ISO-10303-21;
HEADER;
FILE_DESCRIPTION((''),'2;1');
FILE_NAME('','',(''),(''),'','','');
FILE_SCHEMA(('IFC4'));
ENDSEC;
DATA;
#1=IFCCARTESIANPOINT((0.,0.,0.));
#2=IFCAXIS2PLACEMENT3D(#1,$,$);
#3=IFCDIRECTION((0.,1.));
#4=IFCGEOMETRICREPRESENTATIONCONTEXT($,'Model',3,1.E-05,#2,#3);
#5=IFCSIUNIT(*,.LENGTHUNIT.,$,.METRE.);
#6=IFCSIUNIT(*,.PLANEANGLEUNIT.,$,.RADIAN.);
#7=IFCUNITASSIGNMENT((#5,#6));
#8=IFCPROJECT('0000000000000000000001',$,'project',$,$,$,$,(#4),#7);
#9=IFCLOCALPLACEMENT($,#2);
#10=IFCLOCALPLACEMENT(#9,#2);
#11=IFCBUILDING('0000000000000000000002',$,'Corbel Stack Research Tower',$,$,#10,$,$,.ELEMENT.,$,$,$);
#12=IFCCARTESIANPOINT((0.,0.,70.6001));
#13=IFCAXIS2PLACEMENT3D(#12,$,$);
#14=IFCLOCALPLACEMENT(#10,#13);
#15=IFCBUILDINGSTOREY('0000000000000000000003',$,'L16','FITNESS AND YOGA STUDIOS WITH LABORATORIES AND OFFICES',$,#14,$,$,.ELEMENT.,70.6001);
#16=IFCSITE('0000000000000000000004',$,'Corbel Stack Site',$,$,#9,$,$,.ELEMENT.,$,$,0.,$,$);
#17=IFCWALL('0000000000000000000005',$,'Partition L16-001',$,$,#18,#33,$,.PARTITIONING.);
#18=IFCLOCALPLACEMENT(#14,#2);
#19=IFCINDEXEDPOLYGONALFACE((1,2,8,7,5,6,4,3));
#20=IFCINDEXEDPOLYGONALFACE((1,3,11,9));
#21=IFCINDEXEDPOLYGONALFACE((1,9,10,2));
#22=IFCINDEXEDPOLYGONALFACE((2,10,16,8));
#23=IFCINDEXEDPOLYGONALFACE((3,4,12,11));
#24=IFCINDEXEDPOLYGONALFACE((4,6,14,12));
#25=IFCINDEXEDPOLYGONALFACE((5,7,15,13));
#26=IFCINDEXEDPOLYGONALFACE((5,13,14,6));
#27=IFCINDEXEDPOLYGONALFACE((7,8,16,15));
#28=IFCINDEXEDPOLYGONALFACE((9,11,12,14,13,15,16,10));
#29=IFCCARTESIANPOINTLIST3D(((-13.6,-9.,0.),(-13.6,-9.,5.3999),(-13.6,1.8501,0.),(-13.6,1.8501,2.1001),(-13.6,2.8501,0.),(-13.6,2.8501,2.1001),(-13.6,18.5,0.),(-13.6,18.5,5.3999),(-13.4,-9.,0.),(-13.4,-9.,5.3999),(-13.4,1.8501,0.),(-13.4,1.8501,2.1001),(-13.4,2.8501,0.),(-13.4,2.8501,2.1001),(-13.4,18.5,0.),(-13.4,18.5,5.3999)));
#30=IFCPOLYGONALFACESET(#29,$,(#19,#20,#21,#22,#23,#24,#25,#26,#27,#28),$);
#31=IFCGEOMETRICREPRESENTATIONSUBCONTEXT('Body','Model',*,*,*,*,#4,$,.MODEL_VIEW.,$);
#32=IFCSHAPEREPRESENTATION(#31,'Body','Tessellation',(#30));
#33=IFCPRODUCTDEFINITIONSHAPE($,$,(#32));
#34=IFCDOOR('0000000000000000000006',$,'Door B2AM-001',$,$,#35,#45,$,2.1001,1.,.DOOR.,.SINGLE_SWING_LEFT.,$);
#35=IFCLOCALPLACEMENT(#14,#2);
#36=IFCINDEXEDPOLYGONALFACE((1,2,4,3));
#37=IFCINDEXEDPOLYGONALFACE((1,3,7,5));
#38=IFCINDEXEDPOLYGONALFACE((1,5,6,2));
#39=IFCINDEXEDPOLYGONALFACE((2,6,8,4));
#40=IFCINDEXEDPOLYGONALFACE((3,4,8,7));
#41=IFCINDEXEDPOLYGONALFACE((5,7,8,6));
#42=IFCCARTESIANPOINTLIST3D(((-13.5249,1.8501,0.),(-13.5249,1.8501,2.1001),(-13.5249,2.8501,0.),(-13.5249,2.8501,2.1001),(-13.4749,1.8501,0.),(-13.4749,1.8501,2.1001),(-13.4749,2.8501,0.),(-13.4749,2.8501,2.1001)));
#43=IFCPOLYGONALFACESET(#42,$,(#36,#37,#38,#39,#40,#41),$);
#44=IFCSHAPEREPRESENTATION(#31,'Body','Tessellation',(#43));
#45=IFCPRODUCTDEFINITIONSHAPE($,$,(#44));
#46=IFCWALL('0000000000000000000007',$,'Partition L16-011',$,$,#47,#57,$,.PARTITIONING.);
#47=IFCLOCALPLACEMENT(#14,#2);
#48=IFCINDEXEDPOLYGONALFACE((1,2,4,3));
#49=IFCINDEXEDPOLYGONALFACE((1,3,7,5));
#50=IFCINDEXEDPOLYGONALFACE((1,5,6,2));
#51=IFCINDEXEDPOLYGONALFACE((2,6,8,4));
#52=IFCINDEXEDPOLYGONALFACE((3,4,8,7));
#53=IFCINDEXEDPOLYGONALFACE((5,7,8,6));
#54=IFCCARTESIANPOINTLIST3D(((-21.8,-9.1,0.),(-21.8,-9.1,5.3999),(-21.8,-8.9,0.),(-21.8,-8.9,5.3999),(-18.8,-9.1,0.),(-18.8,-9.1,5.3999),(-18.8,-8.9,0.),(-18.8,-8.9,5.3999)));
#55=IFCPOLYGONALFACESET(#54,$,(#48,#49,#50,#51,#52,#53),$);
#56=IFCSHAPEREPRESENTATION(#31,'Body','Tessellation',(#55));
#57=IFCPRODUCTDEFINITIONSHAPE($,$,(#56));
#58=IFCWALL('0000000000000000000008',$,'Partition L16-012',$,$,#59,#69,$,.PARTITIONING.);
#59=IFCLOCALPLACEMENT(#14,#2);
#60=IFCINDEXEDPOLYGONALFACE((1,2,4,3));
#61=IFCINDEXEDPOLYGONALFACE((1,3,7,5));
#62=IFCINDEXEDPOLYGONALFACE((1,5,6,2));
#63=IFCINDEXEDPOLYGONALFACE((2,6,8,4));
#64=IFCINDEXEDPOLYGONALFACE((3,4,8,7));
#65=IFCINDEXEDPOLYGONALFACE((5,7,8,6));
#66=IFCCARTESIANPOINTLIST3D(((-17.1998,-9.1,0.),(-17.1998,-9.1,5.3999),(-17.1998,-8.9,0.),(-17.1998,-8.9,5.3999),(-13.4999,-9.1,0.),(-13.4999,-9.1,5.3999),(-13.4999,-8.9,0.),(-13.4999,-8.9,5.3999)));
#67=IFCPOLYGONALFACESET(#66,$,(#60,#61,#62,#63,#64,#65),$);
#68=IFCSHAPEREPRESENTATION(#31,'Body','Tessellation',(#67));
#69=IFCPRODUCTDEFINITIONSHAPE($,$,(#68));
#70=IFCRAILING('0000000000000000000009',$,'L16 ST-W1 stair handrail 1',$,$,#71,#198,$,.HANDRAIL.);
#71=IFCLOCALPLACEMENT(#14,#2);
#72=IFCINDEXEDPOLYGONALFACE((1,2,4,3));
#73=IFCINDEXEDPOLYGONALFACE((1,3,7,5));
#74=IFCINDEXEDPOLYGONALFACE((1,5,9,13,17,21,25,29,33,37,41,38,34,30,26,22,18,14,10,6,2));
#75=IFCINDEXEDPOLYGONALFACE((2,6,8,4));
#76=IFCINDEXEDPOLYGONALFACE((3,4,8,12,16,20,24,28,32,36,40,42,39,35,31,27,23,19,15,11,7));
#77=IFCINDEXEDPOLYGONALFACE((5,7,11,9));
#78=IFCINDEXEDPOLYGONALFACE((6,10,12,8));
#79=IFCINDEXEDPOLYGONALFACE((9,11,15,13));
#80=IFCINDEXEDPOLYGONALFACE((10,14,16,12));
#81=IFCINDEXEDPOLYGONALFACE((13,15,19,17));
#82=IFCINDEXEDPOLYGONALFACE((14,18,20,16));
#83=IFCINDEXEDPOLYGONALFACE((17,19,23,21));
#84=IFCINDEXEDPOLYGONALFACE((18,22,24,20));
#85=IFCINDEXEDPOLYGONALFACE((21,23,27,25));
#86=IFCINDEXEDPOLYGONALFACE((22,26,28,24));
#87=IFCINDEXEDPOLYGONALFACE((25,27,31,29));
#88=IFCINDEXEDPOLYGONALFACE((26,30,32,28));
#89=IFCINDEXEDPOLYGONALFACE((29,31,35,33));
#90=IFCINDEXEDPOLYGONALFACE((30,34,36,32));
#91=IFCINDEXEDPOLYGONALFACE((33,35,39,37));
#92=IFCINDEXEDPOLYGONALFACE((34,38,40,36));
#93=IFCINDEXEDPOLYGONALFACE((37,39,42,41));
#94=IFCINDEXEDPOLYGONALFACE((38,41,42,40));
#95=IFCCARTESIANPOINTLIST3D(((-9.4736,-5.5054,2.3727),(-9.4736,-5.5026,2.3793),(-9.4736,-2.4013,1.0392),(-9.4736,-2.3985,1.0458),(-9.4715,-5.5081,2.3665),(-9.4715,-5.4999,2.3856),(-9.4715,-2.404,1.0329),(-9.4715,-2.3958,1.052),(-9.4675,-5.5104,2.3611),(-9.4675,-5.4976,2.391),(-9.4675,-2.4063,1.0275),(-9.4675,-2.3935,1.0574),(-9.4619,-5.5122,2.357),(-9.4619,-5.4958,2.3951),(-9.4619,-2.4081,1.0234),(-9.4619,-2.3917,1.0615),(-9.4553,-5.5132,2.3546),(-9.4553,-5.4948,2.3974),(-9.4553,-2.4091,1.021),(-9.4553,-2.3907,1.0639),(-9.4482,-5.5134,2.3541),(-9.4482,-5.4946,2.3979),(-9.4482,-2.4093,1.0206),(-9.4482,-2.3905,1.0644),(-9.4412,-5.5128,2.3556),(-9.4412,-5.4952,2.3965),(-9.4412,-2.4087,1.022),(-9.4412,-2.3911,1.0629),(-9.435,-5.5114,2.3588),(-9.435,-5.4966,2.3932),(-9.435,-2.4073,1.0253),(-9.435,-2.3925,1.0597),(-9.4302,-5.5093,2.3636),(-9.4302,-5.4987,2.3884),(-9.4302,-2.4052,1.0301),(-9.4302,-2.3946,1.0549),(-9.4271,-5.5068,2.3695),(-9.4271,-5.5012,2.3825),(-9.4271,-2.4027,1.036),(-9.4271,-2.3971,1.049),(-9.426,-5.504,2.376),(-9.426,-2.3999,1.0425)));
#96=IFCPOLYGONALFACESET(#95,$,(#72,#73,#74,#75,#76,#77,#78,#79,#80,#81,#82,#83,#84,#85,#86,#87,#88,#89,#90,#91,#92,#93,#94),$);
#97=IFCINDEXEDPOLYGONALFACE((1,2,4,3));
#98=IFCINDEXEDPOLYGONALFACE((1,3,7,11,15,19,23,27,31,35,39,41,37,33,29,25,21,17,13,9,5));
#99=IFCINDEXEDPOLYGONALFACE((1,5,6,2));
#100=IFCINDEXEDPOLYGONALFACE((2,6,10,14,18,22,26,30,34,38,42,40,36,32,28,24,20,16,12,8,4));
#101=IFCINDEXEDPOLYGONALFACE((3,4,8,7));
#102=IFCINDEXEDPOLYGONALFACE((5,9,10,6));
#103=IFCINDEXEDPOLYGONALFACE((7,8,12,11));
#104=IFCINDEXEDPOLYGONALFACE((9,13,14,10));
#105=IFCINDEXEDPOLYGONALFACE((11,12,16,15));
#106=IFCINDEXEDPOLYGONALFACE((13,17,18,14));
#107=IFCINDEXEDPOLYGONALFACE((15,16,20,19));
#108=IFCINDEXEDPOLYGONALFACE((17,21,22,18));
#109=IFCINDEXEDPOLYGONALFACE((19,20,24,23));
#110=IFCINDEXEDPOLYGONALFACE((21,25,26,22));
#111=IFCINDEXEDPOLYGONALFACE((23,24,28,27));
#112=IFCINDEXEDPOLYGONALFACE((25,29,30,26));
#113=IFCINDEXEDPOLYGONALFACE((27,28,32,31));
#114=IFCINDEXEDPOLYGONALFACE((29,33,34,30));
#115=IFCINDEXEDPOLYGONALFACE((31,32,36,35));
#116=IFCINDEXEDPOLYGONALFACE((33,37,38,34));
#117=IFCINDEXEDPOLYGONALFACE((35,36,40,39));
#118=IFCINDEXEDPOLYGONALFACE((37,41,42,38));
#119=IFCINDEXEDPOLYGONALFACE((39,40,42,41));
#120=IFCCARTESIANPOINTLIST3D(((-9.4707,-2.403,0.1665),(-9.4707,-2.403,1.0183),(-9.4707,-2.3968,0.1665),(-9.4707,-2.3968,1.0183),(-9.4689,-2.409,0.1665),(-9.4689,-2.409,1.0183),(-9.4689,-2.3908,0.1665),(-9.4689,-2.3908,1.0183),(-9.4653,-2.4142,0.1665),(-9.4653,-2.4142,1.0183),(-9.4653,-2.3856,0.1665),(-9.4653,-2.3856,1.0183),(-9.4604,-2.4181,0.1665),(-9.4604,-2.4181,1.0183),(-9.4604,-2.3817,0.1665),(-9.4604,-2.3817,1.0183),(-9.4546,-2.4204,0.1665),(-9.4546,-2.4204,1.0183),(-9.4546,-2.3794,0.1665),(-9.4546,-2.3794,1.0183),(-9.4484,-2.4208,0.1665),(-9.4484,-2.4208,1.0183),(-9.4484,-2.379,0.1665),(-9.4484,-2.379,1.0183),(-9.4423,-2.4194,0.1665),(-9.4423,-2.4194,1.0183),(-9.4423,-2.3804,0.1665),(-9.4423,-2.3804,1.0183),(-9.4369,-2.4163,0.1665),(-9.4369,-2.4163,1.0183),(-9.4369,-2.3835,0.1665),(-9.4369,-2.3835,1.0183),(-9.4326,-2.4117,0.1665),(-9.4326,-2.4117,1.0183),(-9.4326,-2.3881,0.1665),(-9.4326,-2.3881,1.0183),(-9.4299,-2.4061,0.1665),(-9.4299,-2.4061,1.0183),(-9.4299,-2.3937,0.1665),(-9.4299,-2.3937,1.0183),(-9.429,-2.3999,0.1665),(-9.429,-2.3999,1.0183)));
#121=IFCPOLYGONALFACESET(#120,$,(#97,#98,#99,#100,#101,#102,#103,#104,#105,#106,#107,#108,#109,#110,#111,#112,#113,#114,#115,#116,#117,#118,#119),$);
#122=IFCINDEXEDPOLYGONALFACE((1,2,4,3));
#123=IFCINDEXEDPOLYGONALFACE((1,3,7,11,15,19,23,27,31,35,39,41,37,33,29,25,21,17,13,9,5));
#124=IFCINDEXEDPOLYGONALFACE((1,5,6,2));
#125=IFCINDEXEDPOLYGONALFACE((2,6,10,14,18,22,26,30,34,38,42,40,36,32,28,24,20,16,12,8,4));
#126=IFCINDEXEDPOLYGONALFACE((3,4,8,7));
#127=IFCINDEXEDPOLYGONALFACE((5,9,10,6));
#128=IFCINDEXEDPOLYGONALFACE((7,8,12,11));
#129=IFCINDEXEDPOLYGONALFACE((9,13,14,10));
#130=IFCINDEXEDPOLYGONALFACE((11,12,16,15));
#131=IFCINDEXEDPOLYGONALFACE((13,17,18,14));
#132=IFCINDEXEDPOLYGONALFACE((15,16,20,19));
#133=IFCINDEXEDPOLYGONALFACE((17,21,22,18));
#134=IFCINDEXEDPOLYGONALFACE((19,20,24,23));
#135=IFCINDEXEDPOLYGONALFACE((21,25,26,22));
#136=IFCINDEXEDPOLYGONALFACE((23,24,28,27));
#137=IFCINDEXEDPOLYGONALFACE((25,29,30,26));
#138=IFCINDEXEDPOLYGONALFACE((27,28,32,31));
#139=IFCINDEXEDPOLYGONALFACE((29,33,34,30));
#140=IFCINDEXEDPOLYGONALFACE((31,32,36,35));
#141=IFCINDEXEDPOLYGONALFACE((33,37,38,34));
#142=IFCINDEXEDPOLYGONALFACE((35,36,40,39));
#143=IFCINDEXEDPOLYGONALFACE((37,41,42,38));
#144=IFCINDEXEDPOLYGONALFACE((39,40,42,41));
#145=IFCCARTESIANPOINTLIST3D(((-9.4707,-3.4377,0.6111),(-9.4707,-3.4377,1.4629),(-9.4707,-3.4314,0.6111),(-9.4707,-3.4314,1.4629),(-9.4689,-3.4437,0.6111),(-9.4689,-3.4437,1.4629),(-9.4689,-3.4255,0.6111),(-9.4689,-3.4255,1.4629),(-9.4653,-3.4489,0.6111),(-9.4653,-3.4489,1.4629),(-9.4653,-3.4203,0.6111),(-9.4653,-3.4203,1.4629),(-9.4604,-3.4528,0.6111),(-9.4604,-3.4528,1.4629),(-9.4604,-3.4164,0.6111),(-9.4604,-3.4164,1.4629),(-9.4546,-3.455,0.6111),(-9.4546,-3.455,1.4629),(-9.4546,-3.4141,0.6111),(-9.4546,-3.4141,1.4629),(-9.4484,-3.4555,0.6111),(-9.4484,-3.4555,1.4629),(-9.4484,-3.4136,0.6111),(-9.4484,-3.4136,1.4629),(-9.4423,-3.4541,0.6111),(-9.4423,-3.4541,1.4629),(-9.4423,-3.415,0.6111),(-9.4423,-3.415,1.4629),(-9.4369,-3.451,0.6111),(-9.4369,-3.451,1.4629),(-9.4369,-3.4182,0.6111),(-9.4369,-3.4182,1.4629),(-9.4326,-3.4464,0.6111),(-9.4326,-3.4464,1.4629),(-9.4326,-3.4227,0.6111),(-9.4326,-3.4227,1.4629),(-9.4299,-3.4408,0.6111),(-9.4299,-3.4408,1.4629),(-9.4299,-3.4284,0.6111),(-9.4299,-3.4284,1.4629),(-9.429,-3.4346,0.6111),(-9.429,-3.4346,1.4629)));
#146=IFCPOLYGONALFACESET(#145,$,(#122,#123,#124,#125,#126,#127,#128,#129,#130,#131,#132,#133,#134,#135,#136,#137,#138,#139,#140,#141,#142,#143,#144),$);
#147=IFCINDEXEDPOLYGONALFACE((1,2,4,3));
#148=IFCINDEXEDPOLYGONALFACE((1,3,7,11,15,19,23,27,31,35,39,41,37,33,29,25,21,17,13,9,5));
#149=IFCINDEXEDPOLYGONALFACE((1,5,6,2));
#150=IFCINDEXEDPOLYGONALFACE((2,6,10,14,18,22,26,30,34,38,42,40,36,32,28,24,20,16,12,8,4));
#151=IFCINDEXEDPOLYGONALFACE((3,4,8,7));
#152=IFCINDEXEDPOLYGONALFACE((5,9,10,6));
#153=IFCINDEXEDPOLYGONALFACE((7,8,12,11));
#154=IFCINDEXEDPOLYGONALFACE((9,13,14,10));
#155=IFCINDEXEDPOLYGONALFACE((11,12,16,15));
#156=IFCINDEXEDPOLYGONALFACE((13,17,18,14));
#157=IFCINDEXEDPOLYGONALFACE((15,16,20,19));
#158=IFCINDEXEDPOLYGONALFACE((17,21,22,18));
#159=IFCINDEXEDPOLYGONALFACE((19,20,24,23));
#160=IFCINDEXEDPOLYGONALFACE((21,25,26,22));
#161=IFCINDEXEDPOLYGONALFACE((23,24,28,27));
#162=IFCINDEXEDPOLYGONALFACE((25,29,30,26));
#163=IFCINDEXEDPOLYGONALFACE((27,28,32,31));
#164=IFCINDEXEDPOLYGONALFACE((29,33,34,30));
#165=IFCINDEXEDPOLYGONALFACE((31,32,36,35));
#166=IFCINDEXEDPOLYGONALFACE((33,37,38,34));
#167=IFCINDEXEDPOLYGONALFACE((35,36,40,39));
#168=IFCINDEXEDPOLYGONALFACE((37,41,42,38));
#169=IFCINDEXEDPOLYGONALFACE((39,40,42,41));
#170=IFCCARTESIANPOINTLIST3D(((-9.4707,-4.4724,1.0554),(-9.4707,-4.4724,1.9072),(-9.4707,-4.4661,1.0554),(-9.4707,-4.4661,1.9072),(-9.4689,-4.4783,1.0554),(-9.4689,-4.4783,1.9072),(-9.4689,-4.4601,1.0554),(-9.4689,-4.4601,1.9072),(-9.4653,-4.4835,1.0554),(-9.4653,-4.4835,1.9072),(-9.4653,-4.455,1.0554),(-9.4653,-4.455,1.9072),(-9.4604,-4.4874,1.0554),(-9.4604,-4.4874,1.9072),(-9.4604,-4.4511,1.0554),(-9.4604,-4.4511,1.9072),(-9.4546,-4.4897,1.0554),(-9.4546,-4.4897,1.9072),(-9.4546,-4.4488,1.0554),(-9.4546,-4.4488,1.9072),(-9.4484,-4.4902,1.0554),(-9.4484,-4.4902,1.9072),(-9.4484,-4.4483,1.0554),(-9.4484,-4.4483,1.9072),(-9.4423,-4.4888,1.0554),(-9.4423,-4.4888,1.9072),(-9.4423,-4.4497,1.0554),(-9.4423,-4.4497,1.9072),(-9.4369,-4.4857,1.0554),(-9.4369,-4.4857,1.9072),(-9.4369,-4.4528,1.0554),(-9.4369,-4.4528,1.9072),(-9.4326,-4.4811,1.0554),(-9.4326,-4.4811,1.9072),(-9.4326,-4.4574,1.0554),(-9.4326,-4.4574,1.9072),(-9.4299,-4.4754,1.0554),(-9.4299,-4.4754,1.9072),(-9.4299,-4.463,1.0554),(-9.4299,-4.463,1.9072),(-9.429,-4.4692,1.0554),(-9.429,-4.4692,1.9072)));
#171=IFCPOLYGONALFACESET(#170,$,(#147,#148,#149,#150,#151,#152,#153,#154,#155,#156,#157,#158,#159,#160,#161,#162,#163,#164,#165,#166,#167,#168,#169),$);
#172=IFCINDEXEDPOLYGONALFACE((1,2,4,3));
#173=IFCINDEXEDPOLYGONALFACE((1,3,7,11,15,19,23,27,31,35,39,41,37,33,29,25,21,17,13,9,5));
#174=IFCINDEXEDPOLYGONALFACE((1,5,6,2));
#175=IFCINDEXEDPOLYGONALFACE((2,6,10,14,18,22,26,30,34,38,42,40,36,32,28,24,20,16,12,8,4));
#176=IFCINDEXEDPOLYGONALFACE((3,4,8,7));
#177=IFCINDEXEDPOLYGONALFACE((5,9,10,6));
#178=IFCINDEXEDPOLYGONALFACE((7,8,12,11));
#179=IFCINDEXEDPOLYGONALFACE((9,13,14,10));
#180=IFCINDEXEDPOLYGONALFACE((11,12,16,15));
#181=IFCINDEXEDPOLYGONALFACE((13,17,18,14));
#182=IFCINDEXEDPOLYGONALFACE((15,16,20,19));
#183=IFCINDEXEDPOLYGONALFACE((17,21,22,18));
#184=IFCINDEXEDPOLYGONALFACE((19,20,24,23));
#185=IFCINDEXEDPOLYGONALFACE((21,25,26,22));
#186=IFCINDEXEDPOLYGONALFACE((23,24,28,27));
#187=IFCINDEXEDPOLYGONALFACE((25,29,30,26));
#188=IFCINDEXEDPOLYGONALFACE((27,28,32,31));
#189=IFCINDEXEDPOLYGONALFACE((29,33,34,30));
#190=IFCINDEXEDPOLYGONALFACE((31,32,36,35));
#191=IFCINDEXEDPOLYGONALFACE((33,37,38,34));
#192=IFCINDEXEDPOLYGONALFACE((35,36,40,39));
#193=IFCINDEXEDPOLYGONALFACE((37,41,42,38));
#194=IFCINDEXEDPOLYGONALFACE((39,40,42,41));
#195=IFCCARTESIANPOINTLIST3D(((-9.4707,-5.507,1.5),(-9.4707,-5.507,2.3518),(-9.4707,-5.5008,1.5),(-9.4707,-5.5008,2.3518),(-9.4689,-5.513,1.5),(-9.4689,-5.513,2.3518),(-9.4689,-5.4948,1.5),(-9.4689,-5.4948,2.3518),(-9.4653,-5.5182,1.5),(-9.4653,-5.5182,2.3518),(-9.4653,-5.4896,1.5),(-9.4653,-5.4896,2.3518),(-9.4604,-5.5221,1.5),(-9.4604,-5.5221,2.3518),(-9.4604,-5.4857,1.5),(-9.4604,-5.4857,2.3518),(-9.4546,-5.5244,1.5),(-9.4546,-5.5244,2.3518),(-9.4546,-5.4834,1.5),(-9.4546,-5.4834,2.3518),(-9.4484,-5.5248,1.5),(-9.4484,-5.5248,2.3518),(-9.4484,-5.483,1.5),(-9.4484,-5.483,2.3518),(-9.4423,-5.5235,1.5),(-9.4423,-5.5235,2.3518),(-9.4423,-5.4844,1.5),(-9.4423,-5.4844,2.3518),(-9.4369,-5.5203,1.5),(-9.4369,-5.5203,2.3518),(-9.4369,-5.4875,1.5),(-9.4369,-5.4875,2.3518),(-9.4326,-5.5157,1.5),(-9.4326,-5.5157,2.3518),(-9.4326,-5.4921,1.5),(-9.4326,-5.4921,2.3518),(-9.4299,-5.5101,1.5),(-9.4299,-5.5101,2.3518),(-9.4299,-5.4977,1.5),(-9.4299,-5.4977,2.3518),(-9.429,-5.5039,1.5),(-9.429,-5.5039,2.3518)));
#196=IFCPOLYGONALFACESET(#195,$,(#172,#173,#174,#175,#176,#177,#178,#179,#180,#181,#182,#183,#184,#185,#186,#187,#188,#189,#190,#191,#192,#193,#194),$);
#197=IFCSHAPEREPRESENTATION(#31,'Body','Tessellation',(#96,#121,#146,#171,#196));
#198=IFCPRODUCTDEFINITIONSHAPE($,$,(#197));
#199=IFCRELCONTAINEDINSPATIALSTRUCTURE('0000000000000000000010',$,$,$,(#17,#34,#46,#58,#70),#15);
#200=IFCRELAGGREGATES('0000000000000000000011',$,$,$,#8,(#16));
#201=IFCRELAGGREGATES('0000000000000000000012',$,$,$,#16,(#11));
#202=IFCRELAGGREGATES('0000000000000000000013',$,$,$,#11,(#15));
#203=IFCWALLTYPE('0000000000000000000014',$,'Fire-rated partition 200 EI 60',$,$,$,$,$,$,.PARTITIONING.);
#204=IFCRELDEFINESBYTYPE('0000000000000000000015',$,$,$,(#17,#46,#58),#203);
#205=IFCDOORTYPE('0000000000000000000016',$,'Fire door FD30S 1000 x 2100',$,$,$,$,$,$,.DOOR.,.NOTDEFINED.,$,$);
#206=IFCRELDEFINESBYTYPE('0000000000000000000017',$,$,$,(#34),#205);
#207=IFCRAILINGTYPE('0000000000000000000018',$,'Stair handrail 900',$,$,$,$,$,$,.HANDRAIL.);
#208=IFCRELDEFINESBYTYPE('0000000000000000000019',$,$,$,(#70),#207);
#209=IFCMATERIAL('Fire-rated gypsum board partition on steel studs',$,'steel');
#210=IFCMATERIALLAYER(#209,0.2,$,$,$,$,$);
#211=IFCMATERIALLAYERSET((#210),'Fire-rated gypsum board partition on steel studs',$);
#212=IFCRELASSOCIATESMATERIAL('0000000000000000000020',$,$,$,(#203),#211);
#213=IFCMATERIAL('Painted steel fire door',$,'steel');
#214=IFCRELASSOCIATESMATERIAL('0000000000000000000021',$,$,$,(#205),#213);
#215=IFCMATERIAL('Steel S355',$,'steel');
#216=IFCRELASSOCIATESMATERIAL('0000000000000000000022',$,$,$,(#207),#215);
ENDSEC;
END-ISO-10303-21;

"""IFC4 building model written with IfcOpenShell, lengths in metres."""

from ifc_helpers import new_model, si_unit, direction, frame, frame_2d, origin, origin_2d, place, context, subcontext, project, spatial, rectangle, circle, extrude, material, layer, layer_set, type_object, element, fill, save


model = new_model("IFC4")

# Units and contexts
model_context = context("Model", 3, precision=1e-05, world=origin(), true_north=direction((0.0, 1.0)))
body_context = subcontext(model_context, "Body", "Model", "MODEL_VIEW")
ifc_project = project(units=[si_unit("LENGTHUNIT", "METRE"), si_unit("PLANEANGLEUNIT", "RADIAN")], contexts=[model_context])

# Site, building, storey
site_placement = place(None, origin())
site = spatial("IfcSite", under=ifc_project, at=site_placement, Name="Corbel Stack Site", CompositionType="ELEMENT", RefElevation=0.0)
building_placement = place(site_placement, origin())
building = spatial("IfcBuilding", under=site, at=building_placement, Name="Corbel Stack Research Tower", CompositionType="ELEMENT")
storey_placement = place(building_placement, frame((0.0, 0.0, 70.6001)))
storey = spatial("IfcBuildingStorey", under=building, at=storey_placement, Name="L16", Description="FITNESS AND YOGA STUDIOS WITH LABORATORIES AND OFFICES", CompositionType="ELEMENT", Elevation=70.6001)

# Wall, opening, door
ifc_material_1 = material(Name="Fire-rated gypsum board partition on steel studs", Category="steel")
ifc_layer_1 = layer(ifc_material_1, 0.2)
ifc_layer_set_1 = layer_set([ifc_layer_1], Name="Fire-rated gypsum board partition on steel studs")
wall_type_1 = type_object("IfcWallType", Name="Fire-rated partition 200 EI 60", PredefinedType="PARTITIONING", material=ifc_layer_set_1)
wall_1_placement = place(storey_placement, frame((-13.5, -9.0, 0.0), z_axis=(0.0, 0.0, 1.0), x_axis=(0.0, 1.0, 0.0)))
wall_1 = element("IfcWall", 1, at=wall_1_placement, inside=storey, type_object=wall_type_1, Name="Partition L16-001", PredefinedType="PARTITIONING", context=body_context, shape_type="SweptSolid", body=[
    extrude(rectangle(XDim=27.5, YDim=0.2, at=frame_2d((13.75, 0.0))), origin(), (0.0, 0.0, 1.0), 5.3999),
])
opening_1_placement = place(wall_1_placement, frame((10.8501, 0.0, 0.0)))
opening_1 = element("IfcOpeningElement", 2, at=opening_1_placement, cuts=wall_1, PredefinedType="OPENING", context=body_context, shape_type="SweptSolid", body=[
    extrude(rectangle(XDim=1.0, YDim=2.1001, at=frame_2d((0.5, 1.05))), frame((0.0, 0.1099, 0.0), z_axis=(0.0, -1.0, 0.0), x_axis=(1.0, 0.0, 0.0)), (0.0, 0.0, 1.0), 0.22),
])
ifc_material_2 = material(Name="Painted steel fire door", Category="steel")
door_type_1 = type_object("IfcDoorType", Name="Fire door FD30S 1000 x 2100", OperationType="NOTDEFINED", PredefinedType="DOOR", material=ifc_material_2)
door_1_placement = place(opening_1_placement, origin())
door_1 = element("IfcDoor", 3, at=door_1_placement, inside=storey, type_object=door_type_1, Name="Door B2AM-001", OperationType="SINGLE_SWING_LEFT", OverallHeight=2.1001, OverallWidth=1.0, PredefinedType="DOOR", context=body_context, shape_type="SweptSolid", body=[
    extrude(rectangle(XDim=1.0, YDim=2.1001, at=frame_2d((0.5, 1.05))), frame((0.0, 0.0249, 0.0), z_axis=(0.0, -1.0, 0.0), x_axis=(1.0, 0.0, 0.0)), (0.0, 0.0, 1.0), 0.05),
])
fill(opening_1, door_1)

# Walls
wall_2_placement = place(storey_placement, frame((-21.8, -9.0, 0.0), z_axis=(0.0, 0.0, 1.0), x_axis=(1.0, 0.0, 0.0)))
element("IfcWall", 4, at=wall_2_placement, inside=storey, type_object=wall_type_1, Name="Partition L16-011", PredefinedType="PARTITIONING", context=body_context, shape_type="SweptSolid", body=[
    extrude(rectangle(XDim=3.0, YDim=0.2, at=frame_2d((1.5, 0.0))), origin(), (0.0, 0.0, 1.0), 5.3999),
])
wall_3_placement = place(storey_placement, frame((-17.2, -9.0, 0.0), z_axis=(0.0, 0.0, 1.0), x_axis=(1.0, 0.0, 0.0)))
element("IfcWall", 5, at=wall_3_placement, inside=storey, type_object=wall_type_1, Name="Partition L16-012", PredefinedType="PARTITIONING", context=body_context, shape_type="SweptSolid", body=[
    extrude(rectangle(XDim=3.7, YDim=0.2, at=frame_2d((1.8501, 0.0))), origin(), (0.0, 0.0, 1.0), 5.3999),
])

# Railing
ifc_material_3 = material(Name="Steel S355", Category="steel")
railing_type = type_object("IfcRailingType", Name="Stair handrail 900", PredefinedType="HANDRAIL", material=ifc_material_3)
for number, where, name in (
    (6, (-9.45, -2.3999, 0.1665), "L16 ST-W1 stair handrail 1"),
):
    element("IfcRailing", number, at=place(storey_placement, frame(where)), inside=storey, type_object=railing_type, Name=name, PredefinedType="HANDRAIL", context=body_context, shape_type="SweptSolid", body=[
        extrude(circle(Radius=0.0239, at=origin_2d()), frame((0.0, 0.0, 0.876), z_axis=(0.0, -0.918801, 0.394722), x_axis=(1.0, 0.0, 0.0)), (0.0, 0.0, 1.0), 3.3784),
        extrude(circle(Radius=0.021, at=origin_2d()), origin(), (0.0, 0.0, 1.0), 0.8518),
        extrude(circle(Radius=0.021, at=origin_2d()), frame((0.0, -1.0347, 0.4446)), (0.0, 0.0, 1.0), 0.8518),
        extrude(circle(Radius=0.021, at=origin_2d()), frame((0.0, -2.0693, 0.8889)), (0.0, 0.0, 1.0), 0.8518),
        extrude(circle(Radius=0.021, at=origin_2d()), frame((0.0, -3.104, 1.3335)), (0.0, 0.0, 1.0), 0.8518),
    ])

save(model, "model.ifc")
